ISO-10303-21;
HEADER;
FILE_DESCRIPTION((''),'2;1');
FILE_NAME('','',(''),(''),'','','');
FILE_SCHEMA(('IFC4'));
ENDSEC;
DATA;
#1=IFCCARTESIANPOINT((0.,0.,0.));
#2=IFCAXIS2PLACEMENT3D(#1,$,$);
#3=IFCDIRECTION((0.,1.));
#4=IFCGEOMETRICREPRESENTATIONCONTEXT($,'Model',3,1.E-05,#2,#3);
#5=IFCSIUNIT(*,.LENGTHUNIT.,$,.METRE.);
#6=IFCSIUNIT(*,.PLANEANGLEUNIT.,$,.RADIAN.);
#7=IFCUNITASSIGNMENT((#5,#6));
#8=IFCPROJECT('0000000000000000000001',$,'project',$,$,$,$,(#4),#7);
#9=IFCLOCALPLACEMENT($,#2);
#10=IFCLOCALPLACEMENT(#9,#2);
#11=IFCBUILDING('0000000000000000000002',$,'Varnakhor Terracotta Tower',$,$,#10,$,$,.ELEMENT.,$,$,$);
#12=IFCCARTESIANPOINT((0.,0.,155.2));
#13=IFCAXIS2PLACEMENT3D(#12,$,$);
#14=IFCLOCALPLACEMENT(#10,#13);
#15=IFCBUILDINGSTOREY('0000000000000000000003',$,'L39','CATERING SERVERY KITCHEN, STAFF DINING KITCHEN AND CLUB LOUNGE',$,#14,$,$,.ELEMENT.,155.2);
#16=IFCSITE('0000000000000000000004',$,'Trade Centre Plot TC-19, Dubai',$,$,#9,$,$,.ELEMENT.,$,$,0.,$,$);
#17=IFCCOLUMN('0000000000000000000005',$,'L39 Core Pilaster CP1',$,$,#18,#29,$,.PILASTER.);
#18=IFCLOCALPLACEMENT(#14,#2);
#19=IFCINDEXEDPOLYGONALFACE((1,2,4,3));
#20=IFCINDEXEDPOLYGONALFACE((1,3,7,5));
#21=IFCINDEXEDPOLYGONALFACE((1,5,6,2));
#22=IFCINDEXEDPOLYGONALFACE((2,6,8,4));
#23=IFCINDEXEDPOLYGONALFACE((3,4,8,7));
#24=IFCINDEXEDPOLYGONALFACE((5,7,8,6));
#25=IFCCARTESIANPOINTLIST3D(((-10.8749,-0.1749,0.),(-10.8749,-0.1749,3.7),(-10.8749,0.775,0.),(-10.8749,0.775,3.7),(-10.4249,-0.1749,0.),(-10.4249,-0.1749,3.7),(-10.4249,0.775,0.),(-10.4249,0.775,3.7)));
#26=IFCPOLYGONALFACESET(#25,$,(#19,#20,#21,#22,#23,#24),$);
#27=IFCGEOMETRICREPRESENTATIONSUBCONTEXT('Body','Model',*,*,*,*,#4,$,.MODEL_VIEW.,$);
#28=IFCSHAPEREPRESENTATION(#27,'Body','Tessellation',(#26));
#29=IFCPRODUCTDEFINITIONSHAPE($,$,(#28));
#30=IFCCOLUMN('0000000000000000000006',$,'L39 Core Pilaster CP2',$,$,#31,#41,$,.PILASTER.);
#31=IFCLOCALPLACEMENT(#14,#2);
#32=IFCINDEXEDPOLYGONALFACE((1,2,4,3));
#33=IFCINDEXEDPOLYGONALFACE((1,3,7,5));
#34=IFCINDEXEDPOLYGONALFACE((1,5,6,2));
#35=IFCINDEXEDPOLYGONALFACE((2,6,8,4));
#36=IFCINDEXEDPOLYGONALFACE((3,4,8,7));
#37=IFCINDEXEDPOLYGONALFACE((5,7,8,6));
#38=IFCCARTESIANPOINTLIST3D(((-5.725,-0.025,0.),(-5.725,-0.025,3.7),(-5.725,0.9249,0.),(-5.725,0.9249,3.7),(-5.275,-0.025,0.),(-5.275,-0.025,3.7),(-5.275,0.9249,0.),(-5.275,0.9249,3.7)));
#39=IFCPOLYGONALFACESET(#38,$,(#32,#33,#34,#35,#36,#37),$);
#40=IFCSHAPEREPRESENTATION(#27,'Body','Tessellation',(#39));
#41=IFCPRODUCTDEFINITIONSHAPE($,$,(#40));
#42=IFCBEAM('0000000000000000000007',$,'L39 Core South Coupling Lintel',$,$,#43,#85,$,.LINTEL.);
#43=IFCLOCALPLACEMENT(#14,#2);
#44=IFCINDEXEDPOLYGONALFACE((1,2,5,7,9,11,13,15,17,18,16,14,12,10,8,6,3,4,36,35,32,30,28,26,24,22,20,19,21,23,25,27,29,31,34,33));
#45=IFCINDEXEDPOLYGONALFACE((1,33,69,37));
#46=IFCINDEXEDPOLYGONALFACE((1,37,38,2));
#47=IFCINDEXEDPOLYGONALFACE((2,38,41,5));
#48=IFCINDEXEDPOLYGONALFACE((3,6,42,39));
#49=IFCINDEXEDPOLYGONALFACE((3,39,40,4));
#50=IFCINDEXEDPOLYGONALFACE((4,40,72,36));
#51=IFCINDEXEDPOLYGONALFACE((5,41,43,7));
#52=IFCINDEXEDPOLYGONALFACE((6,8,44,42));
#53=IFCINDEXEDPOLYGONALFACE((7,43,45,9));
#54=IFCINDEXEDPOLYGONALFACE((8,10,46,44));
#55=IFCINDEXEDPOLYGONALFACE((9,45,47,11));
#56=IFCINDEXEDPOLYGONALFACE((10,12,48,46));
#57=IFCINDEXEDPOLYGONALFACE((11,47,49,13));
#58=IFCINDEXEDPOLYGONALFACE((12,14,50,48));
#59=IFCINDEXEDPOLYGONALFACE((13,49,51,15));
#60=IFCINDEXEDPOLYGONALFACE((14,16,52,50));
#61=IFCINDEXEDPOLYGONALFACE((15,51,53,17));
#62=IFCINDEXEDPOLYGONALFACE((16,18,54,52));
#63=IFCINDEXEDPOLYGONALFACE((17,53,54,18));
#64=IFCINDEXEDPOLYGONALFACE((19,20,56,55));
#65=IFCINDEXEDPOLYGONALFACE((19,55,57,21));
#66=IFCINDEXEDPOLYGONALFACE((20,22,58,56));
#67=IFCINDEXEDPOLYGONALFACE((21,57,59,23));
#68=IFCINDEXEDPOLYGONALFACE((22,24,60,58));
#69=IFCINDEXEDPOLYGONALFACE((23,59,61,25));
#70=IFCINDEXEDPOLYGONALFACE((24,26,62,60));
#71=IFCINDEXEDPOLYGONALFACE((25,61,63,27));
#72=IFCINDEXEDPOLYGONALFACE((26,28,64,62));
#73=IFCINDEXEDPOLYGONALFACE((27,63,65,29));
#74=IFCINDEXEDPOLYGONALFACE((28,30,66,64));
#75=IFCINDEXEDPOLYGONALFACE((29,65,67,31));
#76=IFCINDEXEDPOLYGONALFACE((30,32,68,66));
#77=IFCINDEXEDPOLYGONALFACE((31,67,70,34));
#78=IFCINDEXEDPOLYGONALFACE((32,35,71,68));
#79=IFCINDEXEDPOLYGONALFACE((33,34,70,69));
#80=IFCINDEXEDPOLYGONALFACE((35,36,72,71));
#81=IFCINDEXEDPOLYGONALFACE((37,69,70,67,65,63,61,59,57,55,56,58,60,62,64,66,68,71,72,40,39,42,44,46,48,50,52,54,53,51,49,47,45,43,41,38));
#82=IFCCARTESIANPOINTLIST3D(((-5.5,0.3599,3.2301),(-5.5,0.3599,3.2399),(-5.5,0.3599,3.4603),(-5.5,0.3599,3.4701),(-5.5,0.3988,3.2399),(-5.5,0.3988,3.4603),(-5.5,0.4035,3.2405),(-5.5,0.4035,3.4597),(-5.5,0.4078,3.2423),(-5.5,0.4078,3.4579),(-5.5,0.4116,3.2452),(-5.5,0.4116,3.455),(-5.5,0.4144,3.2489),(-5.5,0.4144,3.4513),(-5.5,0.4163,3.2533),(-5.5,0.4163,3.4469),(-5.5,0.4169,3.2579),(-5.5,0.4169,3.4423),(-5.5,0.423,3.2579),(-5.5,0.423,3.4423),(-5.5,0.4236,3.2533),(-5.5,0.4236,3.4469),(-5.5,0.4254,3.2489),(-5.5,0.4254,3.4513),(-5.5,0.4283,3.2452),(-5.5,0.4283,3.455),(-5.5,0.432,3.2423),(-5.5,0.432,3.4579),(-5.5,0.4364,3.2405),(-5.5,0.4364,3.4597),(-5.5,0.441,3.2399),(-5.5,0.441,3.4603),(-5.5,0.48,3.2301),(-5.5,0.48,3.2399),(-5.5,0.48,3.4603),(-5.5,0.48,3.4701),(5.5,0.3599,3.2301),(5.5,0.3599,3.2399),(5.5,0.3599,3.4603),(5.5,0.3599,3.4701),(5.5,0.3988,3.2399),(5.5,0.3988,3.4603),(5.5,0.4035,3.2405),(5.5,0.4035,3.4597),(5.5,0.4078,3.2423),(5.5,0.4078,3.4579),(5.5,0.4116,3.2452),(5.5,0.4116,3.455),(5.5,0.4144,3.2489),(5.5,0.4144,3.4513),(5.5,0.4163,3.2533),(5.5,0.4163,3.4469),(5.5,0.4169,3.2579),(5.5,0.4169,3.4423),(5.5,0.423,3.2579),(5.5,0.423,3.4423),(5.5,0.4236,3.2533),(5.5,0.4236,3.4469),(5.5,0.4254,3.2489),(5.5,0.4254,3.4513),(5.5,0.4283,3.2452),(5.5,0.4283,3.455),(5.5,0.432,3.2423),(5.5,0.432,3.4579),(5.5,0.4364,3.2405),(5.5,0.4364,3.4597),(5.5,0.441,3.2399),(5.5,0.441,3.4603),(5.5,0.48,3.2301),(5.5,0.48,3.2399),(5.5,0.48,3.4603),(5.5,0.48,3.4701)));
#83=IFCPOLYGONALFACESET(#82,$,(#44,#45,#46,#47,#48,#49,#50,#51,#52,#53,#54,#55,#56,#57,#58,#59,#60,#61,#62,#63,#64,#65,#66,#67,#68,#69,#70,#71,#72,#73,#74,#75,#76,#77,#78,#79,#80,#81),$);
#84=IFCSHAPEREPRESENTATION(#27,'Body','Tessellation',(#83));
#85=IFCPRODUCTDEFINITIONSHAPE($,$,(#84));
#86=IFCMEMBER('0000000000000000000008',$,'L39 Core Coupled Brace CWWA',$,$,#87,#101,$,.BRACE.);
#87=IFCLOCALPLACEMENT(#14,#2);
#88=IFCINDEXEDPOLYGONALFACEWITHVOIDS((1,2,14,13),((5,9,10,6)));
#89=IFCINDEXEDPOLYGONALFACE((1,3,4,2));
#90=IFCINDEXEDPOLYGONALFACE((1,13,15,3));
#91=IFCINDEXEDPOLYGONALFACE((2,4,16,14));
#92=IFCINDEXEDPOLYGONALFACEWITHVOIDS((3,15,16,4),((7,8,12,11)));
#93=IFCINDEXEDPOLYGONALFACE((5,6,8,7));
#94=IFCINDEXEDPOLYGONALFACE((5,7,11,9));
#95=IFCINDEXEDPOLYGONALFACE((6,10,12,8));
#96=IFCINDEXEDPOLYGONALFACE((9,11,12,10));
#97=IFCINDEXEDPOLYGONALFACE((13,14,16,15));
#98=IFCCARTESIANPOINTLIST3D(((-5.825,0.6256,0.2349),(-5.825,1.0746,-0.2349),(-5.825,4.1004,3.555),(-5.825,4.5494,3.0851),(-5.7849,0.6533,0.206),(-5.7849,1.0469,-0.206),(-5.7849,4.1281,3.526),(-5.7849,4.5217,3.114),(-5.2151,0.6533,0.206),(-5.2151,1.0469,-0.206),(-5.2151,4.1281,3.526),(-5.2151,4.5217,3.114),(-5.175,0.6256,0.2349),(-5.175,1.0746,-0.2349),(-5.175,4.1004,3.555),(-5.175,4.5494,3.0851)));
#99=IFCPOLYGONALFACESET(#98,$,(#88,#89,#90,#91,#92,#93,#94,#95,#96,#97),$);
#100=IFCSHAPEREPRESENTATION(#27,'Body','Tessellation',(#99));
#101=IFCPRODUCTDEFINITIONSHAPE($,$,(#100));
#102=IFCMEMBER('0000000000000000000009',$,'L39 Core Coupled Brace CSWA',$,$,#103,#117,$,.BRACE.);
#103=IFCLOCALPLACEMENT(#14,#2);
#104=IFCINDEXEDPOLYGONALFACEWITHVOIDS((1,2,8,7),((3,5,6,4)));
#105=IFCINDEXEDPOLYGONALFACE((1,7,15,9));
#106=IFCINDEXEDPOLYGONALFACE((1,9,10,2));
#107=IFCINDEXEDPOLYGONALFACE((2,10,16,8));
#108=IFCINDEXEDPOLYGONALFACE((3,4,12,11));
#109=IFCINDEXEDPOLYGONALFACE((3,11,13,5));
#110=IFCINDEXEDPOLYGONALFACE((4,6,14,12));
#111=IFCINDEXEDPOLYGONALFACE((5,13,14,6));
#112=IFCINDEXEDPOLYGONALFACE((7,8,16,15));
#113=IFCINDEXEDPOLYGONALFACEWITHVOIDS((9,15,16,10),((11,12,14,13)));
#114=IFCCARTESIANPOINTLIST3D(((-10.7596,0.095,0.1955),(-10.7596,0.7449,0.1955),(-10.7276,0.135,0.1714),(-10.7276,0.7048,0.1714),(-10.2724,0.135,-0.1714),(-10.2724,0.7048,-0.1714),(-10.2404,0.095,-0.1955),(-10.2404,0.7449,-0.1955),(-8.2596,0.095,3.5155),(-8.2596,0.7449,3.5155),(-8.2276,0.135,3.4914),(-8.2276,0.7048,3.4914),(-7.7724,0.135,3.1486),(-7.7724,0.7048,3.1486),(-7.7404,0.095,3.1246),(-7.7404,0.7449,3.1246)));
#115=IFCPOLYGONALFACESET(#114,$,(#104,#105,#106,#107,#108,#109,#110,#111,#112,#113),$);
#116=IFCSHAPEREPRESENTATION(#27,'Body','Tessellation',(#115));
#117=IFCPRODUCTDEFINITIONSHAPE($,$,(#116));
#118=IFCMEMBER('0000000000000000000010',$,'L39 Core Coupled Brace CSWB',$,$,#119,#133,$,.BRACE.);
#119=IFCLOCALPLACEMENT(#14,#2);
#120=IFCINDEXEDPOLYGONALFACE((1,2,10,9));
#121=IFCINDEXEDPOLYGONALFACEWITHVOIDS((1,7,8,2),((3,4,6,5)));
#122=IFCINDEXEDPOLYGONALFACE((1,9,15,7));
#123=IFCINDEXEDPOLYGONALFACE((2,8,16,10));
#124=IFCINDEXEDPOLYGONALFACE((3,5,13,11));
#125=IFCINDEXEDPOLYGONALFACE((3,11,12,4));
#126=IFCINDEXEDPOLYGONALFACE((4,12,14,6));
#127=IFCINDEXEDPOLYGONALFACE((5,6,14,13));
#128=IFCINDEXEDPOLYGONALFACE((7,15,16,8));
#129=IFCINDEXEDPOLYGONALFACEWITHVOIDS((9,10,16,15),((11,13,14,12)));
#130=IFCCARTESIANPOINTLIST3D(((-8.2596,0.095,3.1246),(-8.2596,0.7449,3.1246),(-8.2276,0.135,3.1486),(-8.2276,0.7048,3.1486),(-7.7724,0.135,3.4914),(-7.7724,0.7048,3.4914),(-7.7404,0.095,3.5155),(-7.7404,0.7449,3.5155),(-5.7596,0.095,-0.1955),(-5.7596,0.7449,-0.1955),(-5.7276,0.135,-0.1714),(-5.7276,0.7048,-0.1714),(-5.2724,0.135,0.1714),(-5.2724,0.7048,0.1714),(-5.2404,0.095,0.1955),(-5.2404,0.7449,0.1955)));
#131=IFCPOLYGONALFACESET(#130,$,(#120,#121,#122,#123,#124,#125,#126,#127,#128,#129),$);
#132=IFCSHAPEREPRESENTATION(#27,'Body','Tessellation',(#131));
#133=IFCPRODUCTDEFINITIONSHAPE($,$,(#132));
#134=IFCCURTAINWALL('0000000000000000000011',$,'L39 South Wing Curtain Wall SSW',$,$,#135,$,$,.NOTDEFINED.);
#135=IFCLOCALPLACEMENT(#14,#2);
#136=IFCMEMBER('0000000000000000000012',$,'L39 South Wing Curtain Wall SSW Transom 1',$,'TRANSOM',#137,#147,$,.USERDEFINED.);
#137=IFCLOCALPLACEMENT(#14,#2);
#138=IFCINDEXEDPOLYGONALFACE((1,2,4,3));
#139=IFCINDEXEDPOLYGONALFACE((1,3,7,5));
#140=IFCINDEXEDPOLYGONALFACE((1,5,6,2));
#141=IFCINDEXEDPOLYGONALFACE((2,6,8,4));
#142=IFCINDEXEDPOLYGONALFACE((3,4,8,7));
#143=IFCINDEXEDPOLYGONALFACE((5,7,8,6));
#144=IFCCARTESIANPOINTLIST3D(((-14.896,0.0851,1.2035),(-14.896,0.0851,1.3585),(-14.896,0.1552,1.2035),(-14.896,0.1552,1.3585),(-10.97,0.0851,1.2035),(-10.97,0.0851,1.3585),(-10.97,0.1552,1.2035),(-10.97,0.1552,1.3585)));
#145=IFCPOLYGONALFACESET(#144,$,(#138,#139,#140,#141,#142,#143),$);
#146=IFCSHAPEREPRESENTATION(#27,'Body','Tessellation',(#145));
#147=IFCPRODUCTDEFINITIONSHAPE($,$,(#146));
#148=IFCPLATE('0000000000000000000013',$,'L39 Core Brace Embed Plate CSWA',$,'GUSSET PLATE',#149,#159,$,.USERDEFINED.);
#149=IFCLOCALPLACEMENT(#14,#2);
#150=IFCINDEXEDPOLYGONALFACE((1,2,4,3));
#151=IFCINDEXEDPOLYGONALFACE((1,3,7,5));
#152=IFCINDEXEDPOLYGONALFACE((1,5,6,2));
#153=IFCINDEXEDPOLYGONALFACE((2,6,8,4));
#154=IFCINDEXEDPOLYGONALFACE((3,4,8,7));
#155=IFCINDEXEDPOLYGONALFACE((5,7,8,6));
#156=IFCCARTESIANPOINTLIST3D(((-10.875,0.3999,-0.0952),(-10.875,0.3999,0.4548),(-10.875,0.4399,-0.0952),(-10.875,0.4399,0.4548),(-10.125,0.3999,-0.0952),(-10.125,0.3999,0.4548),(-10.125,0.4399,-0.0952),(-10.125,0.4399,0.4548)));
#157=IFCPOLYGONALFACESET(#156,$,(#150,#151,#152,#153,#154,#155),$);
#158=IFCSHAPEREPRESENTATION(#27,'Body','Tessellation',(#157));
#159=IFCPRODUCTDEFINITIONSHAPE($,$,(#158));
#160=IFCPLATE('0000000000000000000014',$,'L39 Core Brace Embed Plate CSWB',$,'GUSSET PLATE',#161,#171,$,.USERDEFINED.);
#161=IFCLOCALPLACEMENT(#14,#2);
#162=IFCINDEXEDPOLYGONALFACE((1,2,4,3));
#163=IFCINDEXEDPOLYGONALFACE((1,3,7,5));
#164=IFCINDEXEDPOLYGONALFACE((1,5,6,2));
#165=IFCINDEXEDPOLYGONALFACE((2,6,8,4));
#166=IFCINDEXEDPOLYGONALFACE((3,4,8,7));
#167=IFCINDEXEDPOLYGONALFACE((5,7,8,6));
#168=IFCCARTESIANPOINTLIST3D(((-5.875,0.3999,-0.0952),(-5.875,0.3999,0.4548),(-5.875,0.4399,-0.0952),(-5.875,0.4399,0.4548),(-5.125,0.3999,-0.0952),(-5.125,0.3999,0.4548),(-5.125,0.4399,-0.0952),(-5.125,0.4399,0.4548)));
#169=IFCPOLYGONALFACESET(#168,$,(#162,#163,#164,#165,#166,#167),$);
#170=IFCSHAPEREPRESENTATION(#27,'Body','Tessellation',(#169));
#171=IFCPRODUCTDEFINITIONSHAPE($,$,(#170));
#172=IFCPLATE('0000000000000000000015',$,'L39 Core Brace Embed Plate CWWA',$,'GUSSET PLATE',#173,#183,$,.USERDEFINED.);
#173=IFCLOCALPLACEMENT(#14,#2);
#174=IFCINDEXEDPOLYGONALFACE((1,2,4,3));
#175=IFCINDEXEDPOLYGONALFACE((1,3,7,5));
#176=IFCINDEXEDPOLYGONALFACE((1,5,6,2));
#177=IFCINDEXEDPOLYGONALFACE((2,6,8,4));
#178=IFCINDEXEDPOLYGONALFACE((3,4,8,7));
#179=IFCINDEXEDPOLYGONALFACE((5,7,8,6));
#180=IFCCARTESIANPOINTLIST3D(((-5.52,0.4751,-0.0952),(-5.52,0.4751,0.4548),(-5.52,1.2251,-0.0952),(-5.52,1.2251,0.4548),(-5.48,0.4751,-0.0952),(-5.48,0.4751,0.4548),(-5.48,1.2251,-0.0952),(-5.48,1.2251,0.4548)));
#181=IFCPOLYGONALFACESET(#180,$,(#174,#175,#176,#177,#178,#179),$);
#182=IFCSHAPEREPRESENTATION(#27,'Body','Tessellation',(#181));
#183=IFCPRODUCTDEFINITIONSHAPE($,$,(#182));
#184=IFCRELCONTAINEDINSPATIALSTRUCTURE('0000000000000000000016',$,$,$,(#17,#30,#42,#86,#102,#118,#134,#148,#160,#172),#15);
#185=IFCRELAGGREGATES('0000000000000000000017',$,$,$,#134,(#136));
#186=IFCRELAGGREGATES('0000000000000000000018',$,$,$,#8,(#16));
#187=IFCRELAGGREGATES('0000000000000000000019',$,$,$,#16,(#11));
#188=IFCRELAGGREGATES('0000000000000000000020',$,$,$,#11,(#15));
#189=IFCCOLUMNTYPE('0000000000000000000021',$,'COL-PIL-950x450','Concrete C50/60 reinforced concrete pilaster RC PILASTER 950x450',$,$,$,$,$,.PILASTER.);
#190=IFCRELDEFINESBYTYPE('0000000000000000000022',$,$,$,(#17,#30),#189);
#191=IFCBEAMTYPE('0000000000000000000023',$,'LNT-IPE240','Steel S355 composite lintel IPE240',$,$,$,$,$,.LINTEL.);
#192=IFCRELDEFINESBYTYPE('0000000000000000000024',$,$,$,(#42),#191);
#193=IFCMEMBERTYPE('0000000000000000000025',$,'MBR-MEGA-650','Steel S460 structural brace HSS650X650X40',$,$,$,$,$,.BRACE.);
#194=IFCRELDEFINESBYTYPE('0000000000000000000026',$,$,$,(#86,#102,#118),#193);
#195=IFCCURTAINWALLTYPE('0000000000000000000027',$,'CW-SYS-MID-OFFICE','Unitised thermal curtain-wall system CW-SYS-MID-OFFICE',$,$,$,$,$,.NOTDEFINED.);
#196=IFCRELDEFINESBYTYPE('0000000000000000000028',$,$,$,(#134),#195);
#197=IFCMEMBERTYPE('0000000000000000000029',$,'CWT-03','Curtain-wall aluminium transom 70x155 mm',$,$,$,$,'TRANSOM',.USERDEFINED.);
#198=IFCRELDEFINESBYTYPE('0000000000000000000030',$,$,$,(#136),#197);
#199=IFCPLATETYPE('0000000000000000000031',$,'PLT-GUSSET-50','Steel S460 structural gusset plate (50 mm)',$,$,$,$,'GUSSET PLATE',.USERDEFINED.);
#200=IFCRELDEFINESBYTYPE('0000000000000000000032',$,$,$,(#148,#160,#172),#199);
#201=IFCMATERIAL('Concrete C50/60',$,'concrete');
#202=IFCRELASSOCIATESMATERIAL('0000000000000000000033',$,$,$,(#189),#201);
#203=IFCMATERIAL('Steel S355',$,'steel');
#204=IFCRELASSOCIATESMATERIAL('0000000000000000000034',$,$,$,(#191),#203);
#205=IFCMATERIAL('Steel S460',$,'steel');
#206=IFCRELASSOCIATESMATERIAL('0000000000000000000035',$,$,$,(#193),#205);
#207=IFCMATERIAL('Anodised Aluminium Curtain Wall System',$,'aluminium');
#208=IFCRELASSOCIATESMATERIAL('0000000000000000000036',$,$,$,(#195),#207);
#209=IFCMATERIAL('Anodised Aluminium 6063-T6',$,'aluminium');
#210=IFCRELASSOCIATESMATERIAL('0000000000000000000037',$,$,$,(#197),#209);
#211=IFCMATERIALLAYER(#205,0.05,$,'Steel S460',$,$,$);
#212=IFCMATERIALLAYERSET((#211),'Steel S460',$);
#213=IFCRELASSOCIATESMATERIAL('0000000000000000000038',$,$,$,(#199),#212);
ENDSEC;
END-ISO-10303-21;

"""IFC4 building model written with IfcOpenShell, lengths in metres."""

from ifc_helpers import new_model, si_unit, direction, frame, origin, origin_2d, place, context, subcontext, project, spatial, rectangle, hollow_rectangle, i_section, extrude, source, transform, mapped, material, layer, layer_set, material_profile, profile_set, type_object, type_shapes, element, aggregate, save


model = new_model("IFC4")

# Units and contexts
model_context = context("Model", 3, precision=1e-05, world=origin(), true_north=direction((0.0, 1.0)))
body_context = subcontext(model_context, "Body", "Model", "MODEL_VIEW")
ifc_project = project(units=[si_unit("LENGTHUNIT", "METRE"), si_unit("PLANEANGLEUNIT", "RADIAN")], contexts=[model_context])

# Site, building, storey
site_placement = place(None, origin())
site = spatial("IfcSite", under=ifc_project, at=site_placement, Name="Trade Centre Plot TC-19, Dubai", CompositionType="ELEMENT", RefElevation=0.0)
building_placement = place(site_placement, origin())
building = spatial("IfcBuilding", under=site, at=building_placement, Name="Varnakhor Terracotta Tower", CompositionType="ELEMENT")
storey_placement = place(building_placement, frame((0.0, 0.0, 155.2)))
storey = spatial("IfcBuildingStorey", under=building, at=storey_placement, Name="L39", Description="CATERING SERVERY KITCHEN, STAFF DINING KITCHEN AND CLUB LOUNGE", CompositionType="ELEMENT", Elevation=155.2)

# Columns
ifc_material_1 = material(Name="Concrete C50/60", Category="concrete")
ifc_material_profile_1 = material_profile(ifc_material_1, rectangle(XDim=0.45, YDim=0.95, at=origin_2d()), Name="RC PILASTER 950x450")
ifc_profile_set_1 = profile_set([ifc_material_profile_1], Name="Concrete C50/60")
column_type = type_object("IfcColumnType", Name="COL-PIL-950x450", Description="Concrete C50/60 reinforced concrete pilaster RC PILASTER 950x450", PredefinedType="PILASTER", material=ifc_profile_set_1)
shared_shape_1 = source(origin(), body_context, "Body", "SweptSolid", [
    extrude(rectangle(XDim=0.45, YDim=0.95, at=origin_2d()), origin(), (0.0, 0.0, 1.0), 3.7),
])
for number, where, z_axis, x_axis, name in (
    (1, (-10.6499, 0.3, 0.0), (0.0, 0.0, 1.0), (1.0, 0.0, 0.0), "L39 Core Pilaster CP1"),
    (2, (-5.5, 0.45, 0.0), (0.0, 0.0, 1.0), (1.0, 0.0, 0.0), "L39 Core Pilaster CP2"),
):
    element("IfcColumn", number, at=place(storey_placement, frame(where, z_axis=z_axis, x_axis=x_axis)), inside=storey, type_object=column_type, Name=name, PredefinedType="PILASTER", context=body_context, shape_type="MappedRepresentation", body=[
        mapped(shared_shape_1, transform((0.0, 0.0, 0.0), scale=1.0)),
    ])

# Beam
ifc_material_2 = material(Name="Steel S355", Category="steel")
ifc_material_profile_2 = material_profile(ifc_material_2, i_section(OverallWidth=0.1201, OverallDepth=0.24, WebThickness=0.0061, FlangeThickness=0.0098, FilletRadius=0.0181, at=origin_2d()), Name="IPE240")
ifc_profile_set_2 = profile_set([ifc_material_profile_2], Name="Steel S355")
beam_type = type_object("IfcBeamType", Name="LNT-IPE240", Description="Steel S355 composite lintel IPE240", PredefinedType="LINTEL", material=ifc_profile_set_2)
shared_shape_2 = source(origin(), body_context, "Body", "SweptSolid", [
    extrude(i_section(OverallWidth=0.1201, OverallDepth=0.24, WebThickness=0.0061, FlangeThickness=0.0098, FilletRadius=0.0181, at=origin_2d()), origin(), (0.0, 0.0, 1.0), 11.0),
])
type_shapes(beam_type, [shared_shape_2])
beam_placement = place(storey_placement, frame((-5.5, 0.4199, 3.3501), z_axis=(1.0, 0.0, 0.0), x_axis=(0.0, 1.0, 0.0)))
element("IfcBeam", 3, at=beam_placement, inside=storey, type_object=beam_type, Name="L39 Core South Coupling Lintel", PredefinedType="LINTEL", context=body_context, shape_type="MappedRepresentation", body=[
    mapped(shared_shape_2, transform((0.0, 0.0, 0.0), scale=1.0)),
])

# Members
ifc_material_3 = material(Name="Steel S460", Category="steel")
ifc_material_profile_3 = material_profile(ifc_material_3, hollow_rectangle(XDim=0.6499, YDim=0.6499, WallThickness=0.04, at=origin_2d()), Name="HSS650X650X40")
ifc_profile_set_3 = profile_set([ifc_material_profile_3], Name="Steel S460")
member_type_1 = type_object("IfcMemberType", Name="MBR-MEGA-650", Description="Steel S460 structural brace HSS650X650X40", PredefinedType="BRACE", material=ifc_profile_set_3)
shared_shape_3 = source(origin(), body_context, "Body", "SweptSolid", [
    extrude(hollow_rectangle(XDim=0.6499, YDim=0.6499, WallThickness=0.04, at=origin_2d()), origin(), (0.0, 0.0, 1.0), 4.8059),
])
member_1_placement = place(storey_placement, frame((-5.5, 0.8501, 0.0), z_axis=(0.0, 0.723027, 0.69082), x_axis=(-1.0, 0.0, 0.0)))
element("IfcMember", 4, at=member_1_placement, inside=storey, type_object=member_type_1, Name="L39 Core Coupled Brace CWWA", PredefinedType="BRACE", context=body_context, shape_type="MappedRepresentation", body=[
    mapped(shared_shape_3, transform((0.0, 0.0, 0.0), scale=1.0)),
])
shared_shape_4 = source(origin(), body_context, "Body", "SweptSolid", [
    extrude(hollow_rectangle(XDim=0.6499, YDim=0.6499, WallThickness=0.04, at=origin_2d()), origin(), (0.0, 0.0, 1.0), 4.156),
])
for number, where, z_axis, x_axis, name in (
    (5, (-10.5, 0.4199, 0.0), (0.601531, 0.0, 0.79885), (0.0, 1.0, 0.0), "L39 Core Coupled Brace CSWA"),
    (6, (-5.5, 0.4199, 0.0), (-0.601531, 0.0, 0.79885), (0.0, -1.0, 0.0), "L39 Core Coupled Brace CSWB"),
):
    element("IfcMember", number, at=place(storey_placement, frame(where, z_axis=z_axis, x_axis=x_axis)), inside=storey, type_object=member_type_1, Name=name, PredefinedType="BRACE", context=body_context, shape_type="MappedRepresentation", body=[
        mapped(shared_shape_4, transform((0.0, 0.0, 0.0), scale=1.0)),
    ])

# Curtain wall, member
ifc_material_4 = material(Name="Anodised Aluminium Curtain Wall System", Category="aluminium")
curtain_wall_type = type_object("IfcCurtainWallType", Name="CW-SYS-MID-OFFICE", Description="Unitised thermal curtain-wall system CW-SYS-MID-OFFICE", PredefinedType="NOTDEFINED", material=ifc_material_4)
curtain_wall_placement = place(storey_placement, origin())
curtain_wall = element("IfcCurtainWall", 7, at=curtain_wall_placement, inside=storey, type_object=curtain_wall_type, Name="L39 South Wing Curtain Wall SSW", PredefinedType="NOTDEFINED")
ifc_material_5 = material(Name="Anodised Aluminium 6063-T6", Category="aluminium")
ifc_material_profile_4 = material_profile(ifc_material_5, rectangle(XDim=0.0701, YDim=0.155, at=origin_2d()), Name="ALU TRANSOM 70x155")
ifc_profile_set_4 = profile_set([ifc_material_profile_4], Name="Anodised Aluminium 6063-T6")
member_type_2 = type_object("IfcMemberType", Name="CWT-03", Description="Curtain-wall aluminium transom 70x155 mm", ElementType="TRANSOM", PredefinedType="USERDEFINED", material=ifc_profile_set_4)
shared_shape_5 = source(origin(), body_context, "Body", "SweptSolid", [
    extrude(rectangle(XDim=0.0701, YDim=0.155, at=origin_2d()), origin(), (0.0, 0.0, 1.0), 3.926),
])
member_2_placement = place(storey_placement, frame((-10.97, 0.1201, 1.281), z_axis=(-1.0, 0.0, 0.0), x_axis=(0.0, -1.0, 0.0)))
member_2 = element("IfcMember", 8, at=member_2_placement, type_object=member_type_2, Name="L39 South Wing Curtain Wall SSW Transom 1", ObjectType="TRANSOM", PredefinedType="USERDEFINED", context=body_context, shape_type="MappedRepresentation", body=[
    mapped(shared_shape_5, transform((0.0, 0.0, 0.0), scale=1.0)),
])
aggregate(curtain_wall, [member_2])

# Plates
ifc_layer_1 = layer(ifc_material_3, 0.05, Name="Steel S460")
ifc_layer_set_1 = layer_set([ifc_layer_1], Name="Steel S460")
plate_type = type_object("IfcPlateType", Name="PLT-GUSSET-50", Description="Steel S460 structural gusset plate (50 mm)", ElementType="GUSSET PLATE", PredefinedType="USERDEFINED", material=ifc_layer_set_1)
shared_shape_6 = source(origin(), body_context, "Body", "SweptSolid", [
    extrude(rectangle(XDim=0.75, YDim=0.04, at=origin_2d()), origin(), (0.0, 0.0, 1.0), 0.55),
])
type_shapes(plate_type, [shared_shape_6])
for number, where, z_axis, x_axis, name in (
    (9, (-10.5, 0.4199, -0.0952), (0.0, 0.0, 1.0), (1.0, 0.0, 0.0), "L39 Core Brace Embed Plate CSWA"),
    (10, (-5.5, 0.4199, -0.0952), (0.0, 0.0, 1.0), (1.0, 0.0, 0.0), "L39 Core Brace Embed Plate CSWB"),
    (11, (-5.5, 0.8501, -0.0952), (0.0, 0.0, 1.0), (0.0, 1.0, 0.0), "L39 Core Brace Embed Plate CWWA"),
):
    element("IfcPlate", number, at=place(storey_placement, frame(where, z_axis=z_axis, x_axis=x_axis)), inside=storey, type_object=plate_type, Name=name, ObjectType="GUSSET PLATE", PredefinedType="USERDEFINED", context=body_context, shape_type="MappedRepresentation", body=[
        mapped(shared_shape_6, transform((0.0, 0.0, 0.0), scale=1.0)),
    ])

save(model, "model.ifc")
